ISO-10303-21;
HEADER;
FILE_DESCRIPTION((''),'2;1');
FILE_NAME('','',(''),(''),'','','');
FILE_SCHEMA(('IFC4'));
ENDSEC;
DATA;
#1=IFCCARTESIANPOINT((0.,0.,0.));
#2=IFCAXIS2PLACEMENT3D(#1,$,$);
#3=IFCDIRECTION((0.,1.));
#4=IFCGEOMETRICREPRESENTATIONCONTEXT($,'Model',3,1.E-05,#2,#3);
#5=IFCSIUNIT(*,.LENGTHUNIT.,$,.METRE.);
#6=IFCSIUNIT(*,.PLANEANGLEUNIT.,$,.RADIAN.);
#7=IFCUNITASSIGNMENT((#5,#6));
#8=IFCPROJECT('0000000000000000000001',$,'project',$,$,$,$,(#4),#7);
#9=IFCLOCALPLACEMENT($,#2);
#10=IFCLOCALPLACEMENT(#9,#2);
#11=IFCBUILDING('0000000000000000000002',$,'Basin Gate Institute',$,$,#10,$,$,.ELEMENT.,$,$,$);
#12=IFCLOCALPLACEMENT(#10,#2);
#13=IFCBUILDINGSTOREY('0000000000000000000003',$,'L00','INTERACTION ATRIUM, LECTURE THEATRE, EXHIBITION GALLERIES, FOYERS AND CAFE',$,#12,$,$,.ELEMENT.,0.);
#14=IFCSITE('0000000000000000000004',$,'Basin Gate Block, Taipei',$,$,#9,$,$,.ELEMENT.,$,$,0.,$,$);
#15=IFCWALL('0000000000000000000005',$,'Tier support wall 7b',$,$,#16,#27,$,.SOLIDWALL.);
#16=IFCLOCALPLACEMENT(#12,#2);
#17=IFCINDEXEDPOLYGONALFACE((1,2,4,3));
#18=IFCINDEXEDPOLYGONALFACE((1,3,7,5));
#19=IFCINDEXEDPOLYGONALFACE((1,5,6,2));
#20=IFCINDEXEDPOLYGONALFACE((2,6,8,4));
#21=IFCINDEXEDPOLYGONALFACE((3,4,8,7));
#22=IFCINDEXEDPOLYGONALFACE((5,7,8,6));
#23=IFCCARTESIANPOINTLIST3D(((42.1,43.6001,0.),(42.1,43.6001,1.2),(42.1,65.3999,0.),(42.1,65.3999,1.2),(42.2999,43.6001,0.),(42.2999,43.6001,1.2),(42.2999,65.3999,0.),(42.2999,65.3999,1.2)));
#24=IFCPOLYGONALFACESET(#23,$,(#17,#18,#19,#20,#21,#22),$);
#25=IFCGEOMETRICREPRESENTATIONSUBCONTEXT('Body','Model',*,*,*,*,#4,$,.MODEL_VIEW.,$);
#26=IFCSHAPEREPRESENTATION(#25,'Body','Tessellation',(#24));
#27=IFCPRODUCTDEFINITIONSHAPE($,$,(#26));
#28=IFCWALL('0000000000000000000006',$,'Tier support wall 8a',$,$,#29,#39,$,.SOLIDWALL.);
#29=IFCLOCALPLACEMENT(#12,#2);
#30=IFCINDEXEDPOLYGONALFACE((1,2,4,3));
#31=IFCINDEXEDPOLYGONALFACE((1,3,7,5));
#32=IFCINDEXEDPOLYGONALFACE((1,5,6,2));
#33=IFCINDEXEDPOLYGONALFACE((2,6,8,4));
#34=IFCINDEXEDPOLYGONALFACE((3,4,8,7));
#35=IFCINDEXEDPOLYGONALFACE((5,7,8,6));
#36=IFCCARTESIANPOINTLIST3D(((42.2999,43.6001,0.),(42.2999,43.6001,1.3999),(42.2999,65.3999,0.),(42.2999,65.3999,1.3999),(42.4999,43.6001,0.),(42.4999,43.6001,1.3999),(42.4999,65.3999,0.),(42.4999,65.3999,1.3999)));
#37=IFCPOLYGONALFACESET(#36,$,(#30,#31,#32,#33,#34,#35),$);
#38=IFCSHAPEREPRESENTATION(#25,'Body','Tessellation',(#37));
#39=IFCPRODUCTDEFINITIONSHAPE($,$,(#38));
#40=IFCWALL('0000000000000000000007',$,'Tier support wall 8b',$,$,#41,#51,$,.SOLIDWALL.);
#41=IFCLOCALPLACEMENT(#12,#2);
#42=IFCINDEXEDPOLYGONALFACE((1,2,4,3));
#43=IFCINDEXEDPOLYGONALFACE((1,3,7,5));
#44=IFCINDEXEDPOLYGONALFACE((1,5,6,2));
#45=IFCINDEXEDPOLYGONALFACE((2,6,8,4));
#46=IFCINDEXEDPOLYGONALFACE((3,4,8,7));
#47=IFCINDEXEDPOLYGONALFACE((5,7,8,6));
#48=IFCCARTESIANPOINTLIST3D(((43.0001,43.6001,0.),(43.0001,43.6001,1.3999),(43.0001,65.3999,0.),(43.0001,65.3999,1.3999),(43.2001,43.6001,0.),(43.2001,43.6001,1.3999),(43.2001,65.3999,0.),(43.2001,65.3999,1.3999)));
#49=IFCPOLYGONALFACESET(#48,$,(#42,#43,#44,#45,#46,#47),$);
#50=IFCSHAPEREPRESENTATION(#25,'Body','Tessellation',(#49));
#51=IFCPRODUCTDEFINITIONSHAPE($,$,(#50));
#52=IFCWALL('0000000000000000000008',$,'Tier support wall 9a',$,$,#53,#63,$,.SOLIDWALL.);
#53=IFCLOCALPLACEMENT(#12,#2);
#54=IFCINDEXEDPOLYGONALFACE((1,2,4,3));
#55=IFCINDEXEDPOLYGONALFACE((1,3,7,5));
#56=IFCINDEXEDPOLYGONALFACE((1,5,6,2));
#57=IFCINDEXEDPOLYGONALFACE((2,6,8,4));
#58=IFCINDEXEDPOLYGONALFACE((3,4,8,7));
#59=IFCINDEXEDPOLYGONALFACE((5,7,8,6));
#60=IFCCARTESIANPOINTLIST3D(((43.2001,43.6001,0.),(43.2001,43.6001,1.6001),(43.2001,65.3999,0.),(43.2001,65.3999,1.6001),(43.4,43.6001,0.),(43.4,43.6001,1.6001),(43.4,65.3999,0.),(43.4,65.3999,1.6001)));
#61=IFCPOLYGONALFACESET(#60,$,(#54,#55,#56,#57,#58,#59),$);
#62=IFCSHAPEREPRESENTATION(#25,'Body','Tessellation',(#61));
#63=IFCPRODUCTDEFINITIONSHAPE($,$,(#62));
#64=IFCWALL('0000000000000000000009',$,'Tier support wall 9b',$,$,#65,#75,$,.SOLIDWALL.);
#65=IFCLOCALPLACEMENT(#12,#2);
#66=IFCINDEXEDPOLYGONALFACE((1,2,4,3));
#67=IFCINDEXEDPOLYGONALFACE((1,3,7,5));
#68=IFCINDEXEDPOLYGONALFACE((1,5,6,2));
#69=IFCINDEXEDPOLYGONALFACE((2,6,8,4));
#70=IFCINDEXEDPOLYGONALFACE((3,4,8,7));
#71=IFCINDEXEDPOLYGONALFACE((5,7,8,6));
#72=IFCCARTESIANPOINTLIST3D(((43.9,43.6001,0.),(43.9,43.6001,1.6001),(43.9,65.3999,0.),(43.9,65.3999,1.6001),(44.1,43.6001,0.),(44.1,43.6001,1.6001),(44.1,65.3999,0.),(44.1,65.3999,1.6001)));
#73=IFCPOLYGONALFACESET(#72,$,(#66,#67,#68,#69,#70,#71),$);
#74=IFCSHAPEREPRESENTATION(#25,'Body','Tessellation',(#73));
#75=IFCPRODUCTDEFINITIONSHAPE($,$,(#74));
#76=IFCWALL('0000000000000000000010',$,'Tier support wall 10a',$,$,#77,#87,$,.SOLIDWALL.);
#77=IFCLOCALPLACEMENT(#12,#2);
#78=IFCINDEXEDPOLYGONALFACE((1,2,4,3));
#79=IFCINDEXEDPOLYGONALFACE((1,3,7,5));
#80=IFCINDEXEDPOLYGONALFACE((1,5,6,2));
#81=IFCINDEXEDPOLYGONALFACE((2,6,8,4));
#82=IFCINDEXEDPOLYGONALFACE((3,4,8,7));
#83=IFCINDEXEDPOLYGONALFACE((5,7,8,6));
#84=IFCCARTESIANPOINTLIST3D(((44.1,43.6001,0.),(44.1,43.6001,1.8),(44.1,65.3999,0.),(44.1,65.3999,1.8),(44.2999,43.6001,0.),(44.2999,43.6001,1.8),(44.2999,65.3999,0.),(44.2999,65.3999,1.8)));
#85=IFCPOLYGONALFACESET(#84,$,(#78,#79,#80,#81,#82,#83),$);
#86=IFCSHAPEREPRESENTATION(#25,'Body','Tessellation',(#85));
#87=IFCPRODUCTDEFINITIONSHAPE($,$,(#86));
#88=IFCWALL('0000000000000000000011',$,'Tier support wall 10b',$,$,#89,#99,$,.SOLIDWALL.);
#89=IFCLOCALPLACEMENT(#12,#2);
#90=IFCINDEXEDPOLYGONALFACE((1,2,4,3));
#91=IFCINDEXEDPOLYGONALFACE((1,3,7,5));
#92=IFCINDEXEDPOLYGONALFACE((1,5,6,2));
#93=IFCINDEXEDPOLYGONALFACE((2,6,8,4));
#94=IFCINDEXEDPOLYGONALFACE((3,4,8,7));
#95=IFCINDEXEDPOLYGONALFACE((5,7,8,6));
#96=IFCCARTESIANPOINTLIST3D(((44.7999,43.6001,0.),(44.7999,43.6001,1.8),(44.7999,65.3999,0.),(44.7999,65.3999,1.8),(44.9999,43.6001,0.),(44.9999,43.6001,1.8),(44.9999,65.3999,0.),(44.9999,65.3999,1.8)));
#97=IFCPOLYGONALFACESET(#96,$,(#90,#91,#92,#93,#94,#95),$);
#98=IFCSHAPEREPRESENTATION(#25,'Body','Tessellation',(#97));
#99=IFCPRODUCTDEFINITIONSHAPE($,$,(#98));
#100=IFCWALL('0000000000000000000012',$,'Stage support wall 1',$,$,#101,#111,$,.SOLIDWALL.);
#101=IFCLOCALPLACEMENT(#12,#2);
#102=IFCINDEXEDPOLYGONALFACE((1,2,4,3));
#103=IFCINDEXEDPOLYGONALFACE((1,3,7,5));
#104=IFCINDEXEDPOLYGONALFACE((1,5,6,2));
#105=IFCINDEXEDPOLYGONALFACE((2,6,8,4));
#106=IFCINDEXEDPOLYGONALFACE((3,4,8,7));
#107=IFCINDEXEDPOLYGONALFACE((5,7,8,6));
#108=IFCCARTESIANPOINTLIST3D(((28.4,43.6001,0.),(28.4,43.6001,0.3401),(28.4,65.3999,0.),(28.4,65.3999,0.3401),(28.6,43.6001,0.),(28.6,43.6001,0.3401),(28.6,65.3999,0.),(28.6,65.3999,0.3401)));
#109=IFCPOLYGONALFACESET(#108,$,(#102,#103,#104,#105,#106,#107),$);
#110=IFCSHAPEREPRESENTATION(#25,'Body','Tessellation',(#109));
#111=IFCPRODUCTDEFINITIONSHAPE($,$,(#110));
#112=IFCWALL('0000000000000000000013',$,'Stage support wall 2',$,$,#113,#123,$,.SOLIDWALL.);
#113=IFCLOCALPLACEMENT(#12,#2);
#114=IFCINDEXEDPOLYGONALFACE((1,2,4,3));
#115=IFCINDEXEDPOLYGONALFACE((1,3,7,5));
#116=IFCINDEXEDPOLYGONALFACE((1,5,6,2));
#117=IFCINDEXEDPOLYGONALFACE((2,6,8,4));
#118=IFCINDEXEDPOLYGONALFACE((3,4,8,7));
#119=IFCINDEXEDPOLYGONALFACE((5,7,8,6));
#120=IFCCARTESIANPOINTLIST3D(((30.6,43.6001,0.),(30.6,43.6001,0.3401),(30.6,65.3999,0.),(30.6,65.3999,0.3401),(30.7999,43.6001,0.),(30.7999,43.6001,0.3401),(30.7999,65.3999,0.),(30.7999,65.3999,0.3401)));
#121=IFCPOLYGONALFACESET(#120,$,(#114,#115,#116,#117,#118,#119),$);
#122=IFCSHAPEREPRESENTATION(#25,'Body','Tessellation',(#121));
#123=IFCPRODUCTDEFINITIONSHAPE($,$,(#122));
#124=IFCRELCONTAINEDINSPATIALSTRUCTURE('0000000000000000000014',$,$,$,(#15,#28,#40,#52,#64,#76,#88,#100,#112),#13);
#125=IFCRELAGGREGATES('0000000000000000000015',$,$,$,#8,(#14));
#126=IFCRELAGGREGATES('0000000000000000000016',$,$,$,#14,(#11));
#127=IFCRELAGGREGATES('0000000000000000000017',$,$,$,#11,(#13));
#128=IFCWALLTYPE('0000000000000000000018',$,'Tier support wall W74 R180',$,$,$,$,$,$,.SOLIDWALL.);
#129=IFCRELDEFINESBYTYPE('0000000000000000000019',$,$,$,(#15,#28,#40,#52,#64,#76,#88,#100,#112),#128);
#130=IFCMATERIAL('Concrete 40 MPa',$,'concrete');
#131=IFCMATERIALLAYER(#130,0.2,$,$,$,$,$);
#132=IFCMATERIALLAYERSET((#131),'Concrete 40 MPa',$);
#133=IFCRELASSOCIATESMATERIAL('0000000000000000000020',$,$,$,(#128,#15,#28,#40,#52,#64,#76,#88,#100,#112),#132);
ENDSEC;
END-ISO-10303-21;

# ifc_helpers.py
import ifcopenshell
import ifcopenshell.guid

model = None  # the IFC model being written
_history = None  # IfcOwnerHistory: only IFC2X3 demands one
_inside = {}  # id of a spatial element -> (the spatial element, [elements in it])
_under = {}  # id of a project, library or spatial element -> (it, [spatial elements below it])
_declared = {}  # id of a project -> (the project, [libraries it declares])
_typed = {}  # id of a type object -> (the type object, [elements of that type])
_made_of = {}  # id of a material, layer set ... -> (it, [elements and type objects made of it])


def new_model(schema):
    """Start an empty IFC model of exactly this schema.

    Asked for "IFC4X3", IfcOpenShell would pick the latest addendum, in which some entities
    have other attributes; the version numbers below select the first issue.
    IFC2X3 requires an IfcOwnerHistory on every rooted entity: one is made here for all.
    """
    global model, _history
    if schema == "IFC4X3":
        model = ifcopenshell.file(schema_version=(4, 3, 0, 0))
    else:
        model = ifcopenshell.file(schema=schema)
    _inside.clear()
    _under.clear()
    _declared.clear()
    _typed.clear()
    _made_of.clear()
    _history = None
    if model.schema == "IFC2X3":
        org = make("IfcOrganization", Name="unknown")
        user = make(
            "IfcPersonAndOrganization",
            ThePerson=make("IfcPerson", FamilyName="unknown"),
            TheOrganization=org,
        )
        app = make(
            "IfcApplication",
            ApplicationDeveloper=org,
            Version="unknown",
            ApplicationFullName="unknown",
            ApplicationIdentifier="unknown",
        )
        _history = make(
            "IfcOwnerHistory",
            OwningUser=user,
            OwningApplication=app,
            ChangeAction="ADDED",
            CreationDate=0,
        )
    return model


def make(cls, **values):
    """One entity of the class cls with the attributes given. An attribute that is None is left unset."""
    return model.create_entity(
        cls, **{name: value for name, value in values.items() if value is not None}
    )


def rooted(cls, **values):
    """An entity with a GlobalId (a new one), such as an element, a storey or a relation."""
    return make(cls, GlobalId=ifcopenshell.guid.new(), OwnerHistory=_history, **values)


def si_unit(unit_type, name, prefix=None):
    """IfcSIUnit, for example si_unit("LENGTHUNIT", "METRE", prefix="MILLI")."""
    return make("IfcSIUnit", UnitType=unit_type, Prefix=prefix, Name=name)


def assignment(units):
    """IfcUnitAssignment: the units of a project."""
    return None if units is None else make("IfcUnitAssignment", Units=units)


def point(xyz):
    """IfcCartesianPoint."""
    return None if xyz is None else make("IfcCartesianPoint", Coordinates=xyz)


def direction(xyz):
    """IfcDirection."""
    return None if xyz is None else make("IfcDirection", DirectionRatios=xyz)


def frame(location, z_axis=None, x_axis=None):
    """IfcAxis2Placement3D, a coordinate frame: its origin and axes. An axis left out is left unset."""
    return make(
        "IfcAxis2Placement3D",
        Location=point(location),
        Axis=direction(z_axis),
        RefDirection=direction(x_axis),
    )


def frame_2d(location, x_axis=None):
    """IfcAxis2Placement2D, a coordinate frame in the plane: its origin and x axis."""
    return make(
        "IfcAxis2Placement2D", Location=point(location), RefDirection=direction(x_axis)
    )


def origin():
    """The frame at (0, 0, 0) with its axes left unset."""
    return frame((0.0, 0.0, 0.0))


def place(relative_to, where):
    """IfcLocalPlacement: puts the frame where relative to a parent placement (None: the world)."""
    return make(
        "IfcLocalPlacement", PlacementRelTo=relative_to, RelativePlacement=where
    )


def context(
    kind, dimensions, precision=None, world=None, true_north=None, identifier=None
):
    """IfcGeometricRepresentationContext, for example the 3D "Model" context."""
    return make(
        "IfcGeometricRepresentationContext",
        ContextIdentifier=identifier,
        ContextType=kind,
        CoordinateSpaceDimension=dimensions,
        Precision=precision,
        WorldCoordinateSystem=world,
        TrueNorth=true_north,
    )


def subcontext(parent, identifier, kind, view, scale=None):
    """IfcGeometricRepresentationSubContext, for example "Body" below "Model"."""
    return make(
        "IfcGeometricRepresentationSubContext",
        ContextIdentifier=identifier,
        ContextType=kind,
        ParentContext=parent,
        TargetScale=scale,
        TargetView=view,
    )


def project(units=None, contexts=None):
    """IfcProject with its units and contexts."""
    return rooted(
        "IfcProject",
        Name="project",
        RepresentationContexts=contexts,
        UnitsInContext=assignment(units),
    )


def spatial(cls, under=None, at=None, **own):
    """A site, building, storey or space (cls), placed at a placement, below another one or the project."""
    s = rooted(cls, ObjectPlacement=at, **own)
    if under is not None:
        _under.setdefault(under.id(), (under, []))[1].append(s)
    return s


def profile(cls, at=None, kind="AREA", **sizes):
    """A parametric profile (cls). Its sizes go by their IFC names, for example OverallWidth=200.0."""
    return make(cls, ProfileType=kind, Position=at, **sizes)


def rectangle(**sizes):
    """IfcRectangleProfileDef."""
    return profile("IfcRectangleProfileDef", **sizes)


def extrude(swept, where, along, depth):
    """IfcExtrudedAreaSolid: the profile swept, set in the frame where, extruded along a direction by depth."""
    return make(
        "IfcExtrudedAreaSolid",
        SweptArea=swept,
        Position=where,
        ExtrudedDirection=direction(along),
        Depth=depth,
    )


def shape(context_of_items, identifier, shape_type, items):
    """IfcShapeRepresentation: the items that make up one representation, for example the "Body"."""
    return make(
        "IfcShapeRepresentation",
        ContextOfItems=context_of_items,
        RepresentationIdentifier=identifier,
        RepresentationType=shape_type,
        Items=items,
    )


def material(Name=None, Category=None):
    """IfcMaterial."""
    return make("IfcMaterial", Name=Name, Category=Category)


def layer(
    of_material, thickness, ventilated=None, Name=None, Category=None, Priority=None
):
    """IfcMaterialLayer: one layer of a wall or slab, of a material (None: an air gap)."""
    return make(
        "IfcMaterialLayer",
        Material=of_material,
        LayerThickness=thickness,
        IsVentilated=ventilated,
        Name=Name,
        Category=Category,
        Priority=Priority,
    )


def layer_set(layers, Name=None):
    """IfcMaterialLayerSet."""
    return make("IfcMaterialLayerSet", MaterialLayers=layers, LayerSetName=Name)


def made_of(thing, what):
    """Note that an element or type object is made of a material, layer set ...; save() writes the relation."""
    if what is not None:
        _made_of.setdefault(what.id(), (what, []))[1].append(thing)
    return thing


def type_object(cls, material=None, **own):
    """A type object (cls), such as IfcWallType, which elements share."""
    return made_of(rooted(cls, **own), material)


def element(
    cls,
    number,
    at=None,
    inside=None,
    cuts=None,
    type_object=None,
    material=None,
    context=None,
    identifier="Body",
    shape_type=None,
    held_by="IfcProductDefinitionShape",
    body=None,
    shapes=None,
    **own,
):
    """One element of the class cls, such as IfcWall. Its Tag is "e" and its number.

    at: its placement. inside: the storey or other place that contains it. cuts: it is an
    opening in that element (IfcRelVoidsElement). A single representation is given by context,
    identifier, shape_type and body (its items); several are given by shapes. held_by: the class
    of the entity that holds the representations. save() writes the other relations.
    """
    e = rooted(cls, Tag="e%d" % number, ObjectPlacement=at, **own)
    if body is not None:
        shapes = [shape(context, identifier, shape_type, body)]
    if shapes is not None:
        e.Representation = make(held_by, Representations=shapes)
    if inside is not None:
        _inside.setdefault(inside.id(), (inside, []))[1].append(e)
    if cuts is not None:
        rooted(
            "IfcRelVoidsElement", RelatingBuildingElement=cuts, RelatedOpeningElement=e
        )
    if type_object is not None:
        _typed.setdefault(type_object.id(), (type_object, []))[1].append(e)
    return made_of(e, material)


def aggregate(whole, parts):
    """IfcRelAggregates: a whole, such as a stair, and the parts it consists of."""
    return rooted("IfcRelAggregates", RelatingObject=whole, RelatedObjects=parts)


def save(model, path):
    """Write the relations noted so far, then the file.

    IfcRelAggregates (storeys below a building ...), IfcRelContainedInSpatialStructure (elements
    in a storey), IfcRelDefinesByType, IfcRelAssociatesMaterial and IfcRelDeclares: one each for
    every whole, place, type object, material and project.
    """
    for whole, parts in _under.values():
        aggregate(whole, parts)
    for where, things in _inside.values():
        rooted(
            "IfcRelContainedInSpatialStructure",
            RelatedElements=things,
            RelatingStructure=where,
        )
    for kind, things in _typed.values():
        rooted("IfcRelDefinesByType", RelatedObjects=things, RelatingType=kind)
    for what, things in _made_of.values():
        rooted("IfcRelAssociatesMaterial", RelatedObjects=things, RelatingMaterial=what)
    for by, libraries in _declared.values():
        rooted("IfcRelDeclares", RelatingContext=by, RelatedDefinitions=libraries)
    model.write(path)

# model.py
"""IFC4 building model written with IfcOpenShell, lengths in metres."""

from ifc_helpers import new_model, si_unit, direction, frame, frame_2d, origin, place, context, subcontext, project, spatial, rectangle, extrude, material, layer, layer_set, type_object, element, save


model = new_model("IFC4")

# Units and contexts
model_context = context("Model", 3, precision=1e-05, world=origin(), true_north=direction((0.0, 1.0)))
body_context = subcontext(model_context, "Body", "Model", "MODEL_VIEW")
ifc_project = project(units=[si_unit("LENGTHUNIT", "METRE"), si_unit("PLANEANGLEUNIT", "RADIAN")], contexts=[model_context])

# Site, building, storey
site_placement = place(None, origin())
site = spatial("IfcSite", under=ifc_project, at=site_placement, Name="Basin Gate Block, Taipei", CompositionType="ELEMENT", RefElevation=0.0)
building_placement = place(site_placement, origin())
building = spatial("IfcBuilding", under=site, at=building_placement, Name="Basin Gate Institute", CompositionType="ELEMENT")
storey_placement = place(building_placement, origin())
storey = spatial("IfcBuildingStorey", under=building, at=storey_placement, Name="L00", Description="INTERACTION ATRIUM, LECTURE THEATRE, EXHIBITION GALLERIES, FOYERS AND CAFE", CompositionType="ELEMENT", Elevation=0.0)

# Walls
ifc_material_1 = material(Name="Concrete 40 MPa", Category="concrete")
ifc_layer_1 = layer(ifc_material_1, 0.2)
ifc_layer_set_1 = layer_set([ifc_layer_1], Name="Concrete 40 MPa")
wall_type_1 = type_object("IfcWallType", Name="Tier support wall W74 R180", PredefinedType="SOLIDWALL", material=ifc_layer_set_1)
for number, where, z_axis, x_axis, name in (
    (1, (42.2, 43.6001, 0.0), (0.0, 0.0, 1.0), (0.0, 1.0, 0.0), "Tier support wall 7b"),
):
    element("IfcWall", number, at=place(storey_placement, frame(where, z_axis=z_axis, x_axis=x_axis)), inside=storey, type_object=wall_type_1, material=ifc_layer_set_1, Name=name, PredefinedType="SOLIDWALL", context=body_context, shape_type="SweptSolid", body=[
        extrude(rectangle(XDim=21.7998, YDim=0.2, at=frame_2d((10.8999, 0.0))), origin(), (0.0, 0.0, 1.0), 1.2),
    ])
for number, where, z_axis, x_axis, name in (
    (2, (42.3999, 43.6001, 0.0), (0.0, 0.0, 1.0), (0.0, 1.0, 0.0), "Tier support wall 8a"),
    (3, (43.1001, 43.6001, 0.0), (0.0, 0.0, 1.0), (0.0, 1.0, 0.0), "Tier support wall 8b"),
):
    element("IfcWall", number, at=place(storey_placement, frame(where, z_axis=z_axis, x_axis=x_axis)), inside=storey, type_object=wall_type_1, material=ifc_layer_set_1, Name=name, PredefinedType="SOLIDWALL", context=body_context, shape_type="SweptSolid", body=[
        extrude(rectangle(XDim=21.7998, YDim=0.2, at=frame_2d((10.8999, 0.0))), origin(), (0.0, 0.0, 1.0), 1.3999),
    ])
for number, where, z_axis, x_axis, name in (
    (4, (43.3, 43.6001, 0.0), (0.0, 0.0, 1.0), (0.0, 1.0, 0.0), "Tier support wall 9a"),
    (5, (44.0, 43.6001, 0.0), (0.0, 0.0, 1.0), (0.0, 1.0, 0.0), "Tier support wall 9b"),
):
    element("IfcWall", number, at=place(storey_placement, frame(where, z_axis=z_axis, x_axis=x_axis)), inside=storey, type_object=wall_type_1, material=ifc_layer_set_1, Name=name, PredefinedType="SOLIDWALL", context=body_context, shape_type="SweptSolid", body=[
        extrude(rectangle(XDim=21.7998, YDim=0.2, at=frame_2d((10.8999, 0.0))), origin(), (0.0, 0.0, 1.0), 1.6001),
    ])
for number, where, z_axis, x_axis, name in (
    (6, (44.2, 43.6001, 0.0), (0.0, 0.0, 1.0), (0.0, 1.0, 0.0), "Tier support wall 10a"),
    (7, (44.8999, 43.6001, 0.0), (0.0, 0.0, 1.0), (0.0, 1.0, 0.0), "Tier support wall 10b"),
):
    element("IfcWall", number, at=place(storey_placement, frame(where, z_axis=z_axis, x_axis=x_axis)), inside=storey, type_object=wall_type_1, material=ifc_layer_set_1, Name=name, PredefinedType="SOLIDWALL", context=body_context, shape_type="SweptSolid", body=[
        extrude(rectangle(XDim=21.7998, YDim=0.2, at=frame_2d((10.8999, 0.0))), origin(), (0.0, 0.0, 1.0), 1.8),
    ])
for number, where, z_axis, x_axis, name in (
    (8, (28.5, 43.6001, 0.0), (0.0, 0.0, 1.0), (0.0, 1.0, 0.0), "Stage support wall 1"),
    (9, (30.7, 43.6001, 0.0), (0.0, 0.0, 1.0), (0.0, 1.0, 0.0), "Stage support wall 2"),
):
    element("IfcWall", number, at=place(storey_placement, frame(where, z_axis=z_axis, x_axis=x_axis)), inside=storey, type_object=wall_type_1, material=ifc_layer_set_1, Name=name, PredefinedType="SOLIDWALL", context=body_context, shape_type="SweptSolid", body=[
        extrude(rectangle(XDim=21.7998, YDim=0.2, at=frame_2d((10.8999, 0.0))), origin(), (0.0, 0.0, 1.0), 0.3401),
    ])

save(model, "model.ifc")
